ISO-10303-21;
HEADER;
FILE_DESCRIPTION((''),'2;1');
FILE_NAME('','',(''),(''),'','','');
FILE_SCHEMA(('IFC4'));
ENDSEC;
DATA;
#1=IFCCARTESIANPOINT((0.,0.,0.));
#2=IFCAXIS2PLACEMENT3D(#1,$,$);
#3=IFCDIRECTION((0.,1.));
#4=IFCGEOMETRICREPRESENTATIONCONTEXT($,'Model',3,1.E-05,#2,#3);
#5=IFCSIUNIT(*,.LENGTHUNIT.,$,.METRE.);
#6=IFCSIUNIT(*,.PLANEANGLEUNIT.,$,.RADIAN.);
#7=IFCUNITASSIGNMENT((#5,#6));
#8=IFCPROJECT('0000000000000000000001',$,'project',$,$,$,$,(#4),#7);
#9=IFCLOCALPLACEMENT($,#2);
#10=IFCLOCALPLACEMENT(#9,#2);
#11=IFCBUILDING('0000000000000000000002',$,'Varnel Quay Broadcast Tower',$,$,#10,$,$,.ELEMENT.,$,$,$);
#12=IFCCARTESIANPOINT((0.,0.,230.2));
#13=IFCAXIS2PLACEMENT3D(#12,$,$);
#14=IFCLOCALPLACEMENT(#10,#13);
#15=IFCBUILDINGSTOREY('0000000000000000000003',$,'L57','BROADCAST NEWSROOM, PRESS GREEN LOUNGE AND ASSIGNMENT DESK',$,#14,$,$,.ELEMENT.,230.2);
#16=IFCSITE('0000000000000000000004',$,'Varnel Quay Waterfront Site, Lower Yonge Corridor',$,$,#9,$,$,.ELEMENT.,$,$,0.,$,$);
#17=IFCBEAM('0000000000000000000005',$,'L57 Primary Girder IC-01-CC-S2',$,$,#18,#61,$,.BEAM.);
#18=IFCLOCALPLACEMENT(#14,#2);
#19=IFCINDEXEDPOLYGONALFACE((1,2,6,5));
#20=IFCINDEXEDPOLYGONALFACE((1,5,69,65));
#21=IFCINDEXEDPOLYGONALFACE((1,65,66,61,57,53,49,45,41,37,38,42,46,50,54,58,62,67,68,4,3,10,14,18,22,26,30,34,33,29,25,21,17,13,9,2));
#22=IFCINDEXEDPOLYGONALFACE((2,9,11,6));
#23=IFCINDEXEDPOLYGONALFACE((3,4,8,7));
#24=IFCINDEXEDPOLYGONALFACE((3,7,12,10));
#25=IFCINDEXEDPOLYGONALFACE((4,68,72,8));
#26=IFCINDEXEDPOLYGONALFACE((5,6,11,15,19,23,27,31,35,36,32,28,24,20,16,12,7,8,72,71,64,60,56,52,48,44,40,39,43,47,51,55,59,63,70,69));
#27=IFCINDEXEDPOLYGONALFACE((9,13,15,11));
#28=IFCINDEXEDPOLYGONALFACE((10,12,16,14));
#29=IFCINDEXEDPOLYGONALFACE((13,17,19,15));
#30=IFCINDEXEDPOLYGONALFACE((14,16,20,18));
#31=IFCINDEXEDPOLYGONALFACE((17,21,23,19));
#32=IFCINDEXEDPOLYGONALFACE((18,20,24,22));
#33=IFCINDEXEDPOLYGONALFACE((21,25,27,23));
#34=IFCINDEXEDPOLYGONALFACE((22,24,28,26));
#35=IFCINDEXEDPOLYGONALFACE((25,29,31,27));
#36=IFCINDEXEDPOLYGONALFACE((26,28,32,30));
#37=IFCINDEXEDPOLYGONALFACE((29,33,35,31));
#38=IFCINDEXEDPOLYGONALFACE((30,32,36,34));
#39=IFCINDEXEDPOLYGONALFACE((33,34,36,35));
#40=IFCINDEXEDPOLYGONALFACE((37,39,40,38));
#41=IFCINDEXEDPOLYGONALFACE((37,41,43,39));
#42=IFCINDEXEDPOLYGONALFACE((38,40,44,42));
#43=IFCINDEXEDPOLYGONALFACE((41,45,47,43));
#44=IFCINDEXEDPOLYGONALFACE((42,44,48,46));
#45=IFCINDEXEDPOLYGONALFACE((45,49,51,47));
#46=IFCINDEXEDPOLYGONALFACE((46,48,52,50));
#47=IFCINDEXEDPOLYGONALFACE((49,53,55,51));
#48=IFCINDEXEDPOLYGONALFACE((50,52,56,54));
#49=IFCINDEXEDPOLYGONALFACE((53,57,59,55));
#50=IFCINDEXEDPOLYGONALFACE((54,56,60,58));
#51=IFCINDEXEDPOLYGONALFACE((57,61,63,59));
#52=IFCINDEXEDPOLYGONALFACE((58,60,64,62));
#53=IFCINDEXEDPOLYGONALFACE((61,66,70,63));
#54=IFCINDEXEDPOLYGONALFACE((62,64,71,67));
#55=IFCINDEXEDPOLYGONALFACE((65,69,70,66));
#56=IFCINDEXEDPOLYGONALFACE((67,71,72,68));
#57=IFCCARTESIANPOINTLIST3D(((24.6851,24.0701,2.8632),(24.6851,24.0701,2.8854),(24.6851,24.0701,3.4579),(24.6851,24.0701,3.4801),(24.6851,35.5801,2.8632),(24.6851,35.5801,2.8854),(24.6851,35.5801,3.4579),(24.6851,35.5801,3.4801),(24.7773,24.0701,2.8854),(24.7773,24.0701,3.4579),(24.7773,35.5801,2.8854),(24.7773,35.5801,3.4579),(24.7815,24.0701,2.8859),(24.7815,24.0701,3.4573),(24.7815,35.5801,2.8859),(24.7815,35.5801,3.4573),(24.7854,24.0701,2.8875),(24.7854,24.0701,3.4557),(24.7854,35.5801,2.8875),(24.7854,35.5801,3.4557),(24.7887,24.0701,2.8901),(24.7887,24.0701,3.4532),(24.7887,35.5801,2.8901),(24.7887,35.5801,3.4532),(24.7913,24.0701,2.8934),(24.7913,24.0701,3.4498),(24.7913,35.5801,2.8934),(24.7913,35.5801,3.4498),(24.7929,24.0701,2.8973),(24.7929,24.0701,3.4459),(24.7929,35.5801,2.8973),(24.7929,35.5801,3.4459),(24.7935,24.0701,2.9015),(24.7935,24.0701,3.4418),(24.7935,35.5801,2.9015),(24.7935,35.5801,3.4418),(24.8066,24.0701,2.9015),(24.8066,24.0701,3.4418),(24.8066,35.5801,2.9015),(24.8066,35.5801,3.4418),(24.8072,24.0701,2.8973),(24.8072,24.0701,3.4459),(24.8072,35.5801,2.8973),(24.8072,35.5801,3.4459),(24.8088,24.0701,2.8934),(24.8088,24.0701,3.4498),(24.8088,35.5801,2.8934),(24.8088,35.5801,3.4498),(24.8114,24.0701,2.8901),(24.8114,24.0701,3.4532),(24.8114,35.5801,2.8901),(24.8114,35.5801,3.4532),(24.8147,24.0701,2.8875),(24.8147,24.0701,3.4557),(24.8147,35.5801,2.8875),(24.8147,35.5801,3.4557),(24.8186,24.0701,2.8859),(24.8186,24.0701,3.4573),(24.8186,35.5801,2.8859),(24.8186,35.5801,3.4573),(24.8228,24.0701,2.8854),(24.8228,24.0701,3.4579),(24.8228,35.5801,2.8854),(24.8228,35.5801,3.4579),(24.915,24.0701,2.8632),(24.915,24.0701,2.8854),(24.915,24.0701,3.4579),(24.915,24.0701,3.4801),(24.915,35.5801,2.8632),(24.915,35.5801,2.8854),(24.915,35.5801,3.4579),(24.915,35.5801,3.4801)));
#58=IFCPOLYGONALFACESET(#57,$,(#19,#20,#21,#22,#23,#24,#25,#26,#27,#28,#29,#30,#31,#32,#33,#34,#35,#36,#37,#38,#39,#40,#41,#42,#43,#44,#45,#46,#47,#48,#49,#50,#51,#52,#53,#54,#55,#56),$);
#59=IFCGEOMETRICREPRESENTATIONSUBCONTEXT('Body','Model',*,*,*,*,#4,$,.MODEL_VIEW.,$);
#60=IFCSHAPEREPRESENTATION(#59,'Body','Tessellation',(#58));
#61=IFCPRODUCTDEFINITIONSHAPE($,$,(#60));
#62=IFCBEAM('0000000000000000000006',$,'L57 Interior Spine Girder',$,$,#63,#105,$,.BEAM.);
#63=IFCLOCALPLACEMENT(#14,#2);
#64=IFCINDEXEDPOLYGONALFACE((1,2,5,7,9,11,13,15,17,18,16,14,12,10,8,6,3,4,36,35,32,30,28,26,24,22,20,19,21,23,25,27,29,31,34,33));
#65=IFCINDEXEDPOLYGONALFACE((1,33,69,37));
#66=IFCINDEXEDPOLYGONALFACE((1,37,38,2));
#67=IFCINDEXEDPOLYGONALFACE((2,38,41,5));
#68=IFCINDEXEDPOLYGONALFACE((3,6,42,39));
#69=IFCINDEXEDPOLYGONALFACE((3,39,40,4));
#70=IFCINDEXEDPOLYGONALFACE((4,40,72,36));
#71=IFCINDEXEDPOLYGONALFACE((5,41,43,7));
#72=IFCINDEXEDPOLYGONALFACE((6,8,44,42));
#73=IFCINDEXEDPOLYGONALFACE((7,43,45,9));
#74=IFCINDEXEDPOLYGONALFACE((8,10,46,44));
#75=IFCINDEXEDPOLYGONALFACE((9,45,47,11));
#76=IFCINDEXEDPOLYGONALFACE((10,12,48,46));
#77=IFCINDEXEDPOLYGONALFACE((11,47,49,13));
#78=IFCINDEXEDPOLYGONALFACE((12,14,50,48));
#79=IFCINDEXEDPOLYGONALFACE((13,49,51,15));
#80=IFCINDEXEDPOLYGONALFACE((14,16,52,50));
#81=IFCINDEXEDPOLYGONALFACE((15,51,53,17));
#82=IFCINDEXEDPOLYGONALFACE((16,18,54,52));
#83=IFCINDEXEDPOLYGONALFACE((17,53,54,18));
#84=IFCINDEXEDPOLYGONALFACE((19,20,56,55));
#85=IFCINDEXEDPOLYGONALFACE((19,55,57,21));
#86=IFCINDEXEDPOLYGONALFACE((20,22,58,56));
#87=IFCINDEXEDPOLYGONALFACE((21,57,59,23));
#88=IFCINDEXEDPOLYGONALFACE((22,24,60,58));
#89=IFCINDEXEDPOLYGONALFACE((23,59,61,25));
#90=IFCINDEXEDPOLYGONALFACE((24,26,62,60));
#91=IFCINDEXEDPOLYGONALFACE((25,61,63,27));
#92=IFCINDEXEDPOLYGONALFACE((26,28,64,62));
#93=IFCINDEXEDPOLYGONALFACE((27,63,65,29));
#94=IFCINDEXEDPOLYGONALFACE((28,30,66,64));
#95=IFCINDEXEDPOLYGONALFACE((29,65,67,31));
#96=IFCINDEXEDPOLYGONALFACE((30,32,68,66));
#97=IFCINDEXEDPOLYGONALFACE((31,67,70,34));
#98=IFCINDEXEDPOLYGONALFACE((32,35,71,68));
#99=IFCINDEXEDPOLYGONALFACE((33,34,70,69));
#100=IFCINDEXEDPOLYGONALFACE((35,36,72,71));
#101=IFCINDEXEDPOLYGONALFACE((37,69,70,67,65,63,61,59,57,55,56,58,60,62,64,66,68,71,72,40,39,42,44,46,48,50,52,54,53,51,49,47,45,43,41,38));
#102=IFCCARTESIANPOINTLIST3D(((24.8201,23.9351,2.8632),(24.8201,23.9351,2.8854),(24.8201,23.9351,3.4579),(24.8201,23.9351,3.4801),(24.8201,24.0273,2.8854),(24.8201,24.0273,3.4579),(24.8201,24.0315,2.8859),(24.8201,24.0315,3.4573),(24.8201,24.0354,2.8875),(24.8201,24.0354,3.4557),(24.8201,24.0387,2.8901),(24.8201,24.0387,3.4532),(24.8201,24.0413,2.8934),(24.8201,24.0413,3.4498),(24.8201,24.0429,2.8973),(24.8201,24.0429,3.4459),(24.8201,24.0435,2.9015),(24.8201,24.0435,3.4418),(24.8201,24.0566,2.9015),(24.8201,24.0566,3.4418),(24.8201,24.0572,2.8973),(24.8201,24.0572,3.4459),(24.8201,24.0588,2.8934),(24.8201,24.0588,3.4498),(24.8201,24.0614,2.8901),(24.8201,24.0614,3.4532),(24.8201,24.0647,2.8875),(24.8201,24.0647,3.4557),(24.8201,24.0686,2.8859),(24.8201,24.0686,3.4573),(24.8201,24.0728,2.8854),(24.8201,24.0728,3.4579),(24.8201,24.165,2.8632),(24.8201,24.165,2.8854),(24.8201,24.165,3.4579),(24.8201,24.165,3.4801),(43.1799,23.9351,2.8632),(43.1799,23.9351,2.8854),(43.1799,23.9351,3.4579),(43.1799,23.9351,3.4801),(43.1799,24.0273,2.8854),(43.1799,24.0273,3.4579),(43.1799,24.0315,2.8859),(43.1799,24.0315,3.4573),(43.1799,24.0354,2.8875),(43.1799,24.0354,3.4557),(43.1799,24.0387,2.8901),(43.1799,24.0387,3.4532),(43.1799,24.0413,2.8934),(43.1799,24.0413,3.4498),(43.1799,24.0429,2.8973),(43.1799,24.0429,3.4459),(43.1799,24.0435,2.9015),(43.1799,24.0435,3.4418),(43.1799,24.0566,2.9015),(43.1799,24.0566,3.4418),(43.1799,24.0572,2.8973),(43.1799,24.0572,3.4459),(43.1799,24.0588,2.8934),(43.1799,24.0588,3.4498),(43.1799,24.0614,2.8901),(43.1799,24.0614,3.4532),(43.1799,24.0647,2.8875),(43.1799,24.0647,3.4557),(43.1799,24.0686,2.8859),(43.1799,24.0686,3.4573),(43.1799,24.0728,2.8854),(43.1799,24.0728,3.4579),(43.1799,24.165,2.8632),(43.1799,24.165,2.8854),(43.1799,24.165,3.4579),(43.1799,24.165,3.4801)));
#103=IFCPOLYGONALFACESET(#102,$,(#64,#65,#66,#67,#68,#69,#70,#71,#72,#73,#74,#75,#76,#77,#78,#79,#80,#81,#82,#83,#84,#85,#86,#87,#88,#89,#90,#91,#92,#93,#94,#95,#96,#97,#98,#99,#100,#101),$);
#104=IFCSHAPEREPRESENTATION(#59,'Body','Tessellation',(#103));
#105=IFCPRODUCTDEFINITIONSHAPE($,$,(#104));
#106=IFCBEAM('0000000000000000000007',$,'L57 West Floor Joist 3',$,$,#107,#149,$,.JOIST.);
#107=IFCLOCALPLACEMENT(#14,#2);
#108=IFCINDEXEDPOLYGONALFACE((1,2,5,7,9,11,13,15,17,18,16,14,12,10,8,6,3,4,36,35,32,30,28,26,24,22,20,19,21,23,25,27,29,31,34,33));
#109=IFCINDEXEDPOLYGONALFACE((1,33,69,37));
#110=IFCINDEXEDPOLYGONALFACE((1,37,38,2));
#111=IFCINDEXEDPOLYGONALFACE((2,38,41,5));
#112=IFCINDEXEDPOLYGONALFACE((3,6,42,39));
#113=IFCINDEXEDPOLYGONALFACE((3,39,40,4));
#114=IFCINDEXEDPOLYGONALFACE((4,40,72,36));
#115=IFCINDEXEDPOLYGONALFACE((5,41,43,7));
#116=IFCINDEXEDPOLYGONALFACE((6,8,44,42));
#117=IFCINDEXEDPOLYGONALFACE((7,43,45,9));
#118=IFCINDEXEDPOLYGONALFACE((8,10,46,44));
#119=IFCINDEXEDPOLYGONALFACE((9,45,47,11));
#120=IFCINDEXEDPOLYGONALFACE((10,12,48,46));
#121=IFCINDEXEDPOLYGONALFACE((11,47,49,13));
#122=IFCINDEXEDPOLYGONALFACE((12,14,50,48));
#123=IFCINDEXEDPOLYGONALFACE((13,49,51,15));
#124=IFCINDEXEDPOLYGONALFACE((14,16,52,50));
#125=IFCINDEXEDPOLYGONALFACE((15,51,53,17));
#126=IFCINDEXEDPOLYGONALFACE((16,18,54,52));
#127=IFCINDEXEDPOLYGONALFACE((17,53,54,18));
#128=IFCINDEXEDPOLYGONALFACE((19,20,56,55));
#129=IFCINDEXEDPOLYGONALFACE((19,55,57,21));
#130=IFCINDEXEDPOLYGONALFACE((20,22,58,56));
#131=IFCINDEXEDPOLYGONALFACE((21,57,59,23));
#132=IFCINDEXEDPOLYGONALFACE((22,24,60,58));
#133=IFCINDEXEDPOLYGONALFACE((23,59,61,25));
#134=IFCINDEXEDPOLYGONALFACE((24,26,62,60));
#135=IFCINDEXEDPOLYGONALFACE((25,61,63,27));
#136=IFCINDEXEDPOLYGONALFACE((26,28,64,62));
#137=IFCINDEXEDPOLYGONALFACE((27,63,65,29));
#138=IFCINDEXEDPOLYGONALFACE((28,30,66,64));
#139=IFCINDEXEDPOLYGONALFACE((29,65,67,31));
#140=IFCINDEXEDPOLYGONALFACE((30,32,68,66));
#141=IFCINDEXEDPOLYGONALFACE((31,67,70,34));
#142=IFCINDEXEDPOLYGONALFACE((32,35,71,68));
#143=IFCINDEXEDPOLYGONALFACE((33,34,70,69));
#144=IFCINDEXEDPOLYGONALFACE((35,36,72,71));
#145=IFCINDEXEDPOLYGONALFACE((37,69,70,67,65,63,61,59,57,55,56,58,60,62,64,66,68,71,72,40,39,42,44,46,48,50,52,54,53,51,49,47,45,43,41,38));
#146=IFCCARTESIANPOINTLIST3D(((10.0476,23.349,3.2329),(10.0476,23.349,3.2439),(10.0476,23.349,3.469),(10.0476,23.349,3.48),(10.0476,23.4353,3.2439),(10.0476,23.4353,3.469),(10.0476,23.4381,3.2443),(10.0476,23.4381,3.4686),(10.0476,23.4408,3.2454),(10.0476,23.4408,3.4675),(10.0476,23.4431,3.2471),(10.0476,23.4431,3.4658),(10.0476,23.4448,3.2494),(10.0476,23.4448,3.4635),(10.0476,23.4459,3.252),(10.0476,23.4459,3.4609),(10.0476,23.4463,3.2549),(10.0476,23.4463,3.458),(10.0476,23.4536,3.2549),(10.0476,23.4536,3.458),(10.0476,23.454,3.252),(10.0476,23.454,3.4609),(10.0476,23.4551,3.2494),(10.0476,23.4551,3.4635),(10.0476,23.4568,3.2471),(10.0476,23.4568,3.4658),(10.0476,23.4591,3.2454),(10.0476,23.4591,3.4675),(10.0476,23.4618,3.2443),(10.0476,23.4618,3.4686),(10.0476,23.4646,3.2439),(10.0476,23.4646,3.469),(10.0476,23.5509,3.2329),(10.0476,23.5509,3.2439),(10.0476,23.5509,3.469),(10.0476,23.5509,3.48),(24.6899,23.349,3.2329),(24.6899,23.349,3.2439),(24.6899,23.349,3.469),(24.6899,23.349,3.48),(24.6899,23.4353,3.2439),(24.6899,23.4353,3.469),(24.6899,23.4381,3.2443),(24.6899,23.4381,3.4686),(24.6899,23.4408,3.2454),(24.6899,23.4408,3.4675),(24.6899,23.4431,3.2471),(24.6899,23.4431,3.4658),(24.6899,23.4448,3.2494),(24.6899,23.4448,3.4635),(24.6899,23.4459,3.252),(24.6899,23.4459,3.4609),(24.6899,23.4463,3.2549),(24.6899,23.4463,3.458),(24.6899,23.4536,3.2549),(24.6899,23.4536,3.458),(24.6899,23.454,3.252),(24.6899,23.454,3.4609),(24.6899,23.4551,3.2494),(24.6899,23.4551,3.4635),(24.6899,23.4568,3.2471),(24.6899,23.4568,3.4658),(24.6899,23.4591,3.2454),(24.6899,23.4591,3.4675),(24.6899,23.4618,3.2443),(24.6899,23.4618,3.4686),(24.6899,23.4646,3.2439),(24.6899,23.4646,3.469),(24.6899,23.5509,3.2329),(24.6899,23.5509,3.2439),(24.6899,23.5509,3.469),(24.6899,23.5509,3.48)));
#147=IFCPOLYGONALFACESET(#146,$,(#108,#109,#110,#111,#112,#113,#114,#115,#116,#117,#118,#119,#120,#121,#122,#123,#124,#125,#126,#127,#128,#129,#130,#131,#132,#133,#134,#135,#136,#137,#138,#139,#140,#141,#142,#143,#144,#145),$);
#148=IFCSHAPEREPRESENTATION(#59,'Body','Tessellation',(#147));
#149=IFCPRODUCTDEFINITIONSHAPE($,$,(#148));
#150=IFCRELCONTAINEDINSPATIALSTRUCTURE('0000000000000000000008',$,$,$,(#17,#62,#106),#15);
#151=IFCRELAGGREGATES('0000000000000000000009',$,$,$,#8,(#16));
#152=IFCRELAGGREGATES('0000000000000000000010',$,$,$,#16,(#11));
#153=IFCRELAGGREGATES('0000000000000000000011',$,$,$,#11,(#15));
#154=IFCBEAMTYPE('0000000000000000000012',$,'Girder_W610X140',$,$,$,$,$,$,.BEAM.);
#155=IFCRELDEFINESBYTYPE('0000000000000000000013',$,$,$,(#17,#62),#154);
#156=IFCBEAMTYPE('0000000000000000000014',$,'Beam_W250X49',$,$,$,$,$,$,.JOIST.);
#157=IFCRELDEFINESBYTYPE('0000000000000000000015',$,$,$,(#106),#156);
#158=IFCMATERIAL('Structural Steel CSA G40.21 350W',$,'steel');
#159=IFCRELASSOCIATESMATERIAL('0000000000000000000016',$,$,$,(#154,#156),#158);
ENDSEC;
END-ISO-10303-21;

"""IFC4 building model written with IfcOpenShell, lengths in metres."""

from ifc_helpers import new_model, si_unit, direction, frame, origin, origin_2d, place, context, subcontext, project, spatial, i_section, extrude, source, transform, mapped, material, material_profile, profile_set, type_object, type_shapes, element, save


model = new_model("IFC4")

# Units and contexts
model_context = context("Model", 3, precision=1e-05, world=origin(), true_north=direction((0.0, 1.0)))
body_context = subcontext(model_context, "Body", "Model", "MODEL_VIEW")
ifc_project = project(units=[si_unit("LENGTHUNIT", "METRE"), si_unit("PLANEANGLEUNIT", "RADIAN")], contexts=[model_context])

# Site, building, storey
site_placement = place(None, origin())
site = spatial("IfcSite", under=ifc_project, at=site_placement, Name="Varnel Quay Waterfront Site, Lower Yonge Corridor", CompositionType="ELEMENT", RefElevation=0.0)
building_placement = place(site_placement, origin())
building = spatial("IfcBuilding", under=site, at=building_placement, Name="Varnel Quay Broadcast Tower", CompositionType="ELEMENT")
storey_placement = place(building_placement, frame((0.0, 0.0, 230.2)))
storey = spatial("IfcBuildingStorey", under=building, at=storey_placement, Name="L57", Description="BROADCAST NEWSROOM, PRESS GREEN LOUNGE AND ASSIGNMENT DESK", CompositionType="ELEMENT", Elevation=230.2)

# Shared definitions
ifc_material_1 = material(Name="Structural Steel CSA G40.21 350W", Category="steel")

# Beams
ifc_material_profile_1 = material_profile(ifc_material_1, i_section(OverallWidth=0.23, OverallDepth=0.6169, WebThickness=0.0132, FlangeThickness=0.0222, FilletRadius=0.0161, at=origin_2d()), Name="W610X140")
ifc_profile_set_1 = profile_set([ifc_material_profile_1], Name="Structural Steel CSA G40.21 350W")
beam_type_1 = type_object("IfcBeamType", Name="Girder_W610X140", PredefinedType="BEAM", material=ifc_profile_set_1)
shared_shape_1 = source(origin(), body_context, "Body", "SweptSolid", [
    extrude(i_section(OverallWidth=0.23, OverallDepth=0.6169, WebThickness=0.0132, FlangeThickness=0.0222, FilletRadius=0.0161, at=origin_2d()), origin(), (0.0, 0.0, 1.0), 11.51),
])
beam_1_placement = place(storey_placement, frame((24.8, 24.0701, 3.1716), z_axis=(0.0, 1.0, 0.0), x_axis=(-1.0, 0.0, 0.0)))
element("IfcBeam", 1, at=beam_1_placement, inside=storey, type_object=beam_type_1, Name="L57 Primary Girder IC-01-CC-S2", PredefinedType="BEAM", context=body_context, shape_type="MappedRepresentation", body=[
    mapped(shared_shape_1, transform((0.0, 0.0, 0.0), x_axis=(1.0, 0.0, 0.0), y_axis=(0.0, 1.0, 0.0), z_axis=(0.0, 0.0, 1.0), scale=1.0)),
])
shared_shape_2 = source(origin(), body_context, "Body", "SweptSolid", [
    extrude(i_section(OverallWidth=0.23, OverallDepth=0.6169, WebThickness=0.0132, FlangeThickness=0.0222, FilletRadius=0.0161, at=origin_2d()), origin(), (0.0, 0.0, 1.0), 18.3599),
])
type_shapes(beam_type_1, [shared_shape_1, shared_shape_2])
beam_2_placement = place(storey_placement, frame((24.8201, 24.05, 3.1716), z_axis=(1.0, 0.0, 0.0), x_axis=(0.0, 1.0, 0.0)))
element("IfcBeam", 2, at=beam_2_placement, inside=storey, type_object=beam_type_1, Name="L57 Interior Spine Girder", PredefinedType="BEAM", context=body_context, shape_type="MappedRepresentation", body=[
    mapped(shared_shape_2, transform((0.0, 0.0, 0.0), x_axis=(1.0, 0.0, 0.0), y_axis=(0.0, 1.0, 0.0), z_axis=(0.0, 0.0, 1.0), scale=1.0)),
])
ifc_material_profile_2 = material_profile(ifc_material_1, i_section(OverallWidth=0.2019, OverallDepth=0.2471, WebThickness=0.0073, FlangeThickness=0.011, FilletRadius=0.011, at=origin_2d()), Name="W250X49")
ifc_profile_set_2 = profile_set([ifc_material_profile_2], Name="Structural Steel CSA G40.21 350W")
beam_type_2 = type_object("IfcBeamType", Name="Beam_W250X49", PredefinedType="JOIST", material=ifc_profile_set_2)
shared_shape_3 = source(origin(), body_context, "Body", "SweptSolid", [
    extrude(i_section(OverallWidth=0.2019, OverallDepth=0.2471, WebThickness=0.0073, FlangeThickness=0.011, FilletRadius=0.011, at=origin_2d()), origin(), (0.0, 0.0, 1.0), 14.6423),
])
type_shapes(beam_type_2, [shared_shape_3])
beam_3_placement = place(storey_placement, frame((10.0476, 23.45, 3.3564), z_axis=(1.0, 0.0, 0.0), x_axis=(0.0, 1.0, 0.0)))
element("IfcBeam", 3, at=beam_3_placement, inside=storey, type_object=beam_type_2, Name="L57 West Floor Joist 3", PredefinedType="JOIST", context=body_context, shape_type="MappedRepresentation", body=[
    mapped(shared_shape_3, transform((0.0, 0.0, 0.0), x_axis=(1.0, 0.0, 0.0), y_axis=(0.0, 1.0, 0.0), z_axis=(0.0, 0.0, 1.0), scale=1.0)),
])

save(model, "model.ifc")
